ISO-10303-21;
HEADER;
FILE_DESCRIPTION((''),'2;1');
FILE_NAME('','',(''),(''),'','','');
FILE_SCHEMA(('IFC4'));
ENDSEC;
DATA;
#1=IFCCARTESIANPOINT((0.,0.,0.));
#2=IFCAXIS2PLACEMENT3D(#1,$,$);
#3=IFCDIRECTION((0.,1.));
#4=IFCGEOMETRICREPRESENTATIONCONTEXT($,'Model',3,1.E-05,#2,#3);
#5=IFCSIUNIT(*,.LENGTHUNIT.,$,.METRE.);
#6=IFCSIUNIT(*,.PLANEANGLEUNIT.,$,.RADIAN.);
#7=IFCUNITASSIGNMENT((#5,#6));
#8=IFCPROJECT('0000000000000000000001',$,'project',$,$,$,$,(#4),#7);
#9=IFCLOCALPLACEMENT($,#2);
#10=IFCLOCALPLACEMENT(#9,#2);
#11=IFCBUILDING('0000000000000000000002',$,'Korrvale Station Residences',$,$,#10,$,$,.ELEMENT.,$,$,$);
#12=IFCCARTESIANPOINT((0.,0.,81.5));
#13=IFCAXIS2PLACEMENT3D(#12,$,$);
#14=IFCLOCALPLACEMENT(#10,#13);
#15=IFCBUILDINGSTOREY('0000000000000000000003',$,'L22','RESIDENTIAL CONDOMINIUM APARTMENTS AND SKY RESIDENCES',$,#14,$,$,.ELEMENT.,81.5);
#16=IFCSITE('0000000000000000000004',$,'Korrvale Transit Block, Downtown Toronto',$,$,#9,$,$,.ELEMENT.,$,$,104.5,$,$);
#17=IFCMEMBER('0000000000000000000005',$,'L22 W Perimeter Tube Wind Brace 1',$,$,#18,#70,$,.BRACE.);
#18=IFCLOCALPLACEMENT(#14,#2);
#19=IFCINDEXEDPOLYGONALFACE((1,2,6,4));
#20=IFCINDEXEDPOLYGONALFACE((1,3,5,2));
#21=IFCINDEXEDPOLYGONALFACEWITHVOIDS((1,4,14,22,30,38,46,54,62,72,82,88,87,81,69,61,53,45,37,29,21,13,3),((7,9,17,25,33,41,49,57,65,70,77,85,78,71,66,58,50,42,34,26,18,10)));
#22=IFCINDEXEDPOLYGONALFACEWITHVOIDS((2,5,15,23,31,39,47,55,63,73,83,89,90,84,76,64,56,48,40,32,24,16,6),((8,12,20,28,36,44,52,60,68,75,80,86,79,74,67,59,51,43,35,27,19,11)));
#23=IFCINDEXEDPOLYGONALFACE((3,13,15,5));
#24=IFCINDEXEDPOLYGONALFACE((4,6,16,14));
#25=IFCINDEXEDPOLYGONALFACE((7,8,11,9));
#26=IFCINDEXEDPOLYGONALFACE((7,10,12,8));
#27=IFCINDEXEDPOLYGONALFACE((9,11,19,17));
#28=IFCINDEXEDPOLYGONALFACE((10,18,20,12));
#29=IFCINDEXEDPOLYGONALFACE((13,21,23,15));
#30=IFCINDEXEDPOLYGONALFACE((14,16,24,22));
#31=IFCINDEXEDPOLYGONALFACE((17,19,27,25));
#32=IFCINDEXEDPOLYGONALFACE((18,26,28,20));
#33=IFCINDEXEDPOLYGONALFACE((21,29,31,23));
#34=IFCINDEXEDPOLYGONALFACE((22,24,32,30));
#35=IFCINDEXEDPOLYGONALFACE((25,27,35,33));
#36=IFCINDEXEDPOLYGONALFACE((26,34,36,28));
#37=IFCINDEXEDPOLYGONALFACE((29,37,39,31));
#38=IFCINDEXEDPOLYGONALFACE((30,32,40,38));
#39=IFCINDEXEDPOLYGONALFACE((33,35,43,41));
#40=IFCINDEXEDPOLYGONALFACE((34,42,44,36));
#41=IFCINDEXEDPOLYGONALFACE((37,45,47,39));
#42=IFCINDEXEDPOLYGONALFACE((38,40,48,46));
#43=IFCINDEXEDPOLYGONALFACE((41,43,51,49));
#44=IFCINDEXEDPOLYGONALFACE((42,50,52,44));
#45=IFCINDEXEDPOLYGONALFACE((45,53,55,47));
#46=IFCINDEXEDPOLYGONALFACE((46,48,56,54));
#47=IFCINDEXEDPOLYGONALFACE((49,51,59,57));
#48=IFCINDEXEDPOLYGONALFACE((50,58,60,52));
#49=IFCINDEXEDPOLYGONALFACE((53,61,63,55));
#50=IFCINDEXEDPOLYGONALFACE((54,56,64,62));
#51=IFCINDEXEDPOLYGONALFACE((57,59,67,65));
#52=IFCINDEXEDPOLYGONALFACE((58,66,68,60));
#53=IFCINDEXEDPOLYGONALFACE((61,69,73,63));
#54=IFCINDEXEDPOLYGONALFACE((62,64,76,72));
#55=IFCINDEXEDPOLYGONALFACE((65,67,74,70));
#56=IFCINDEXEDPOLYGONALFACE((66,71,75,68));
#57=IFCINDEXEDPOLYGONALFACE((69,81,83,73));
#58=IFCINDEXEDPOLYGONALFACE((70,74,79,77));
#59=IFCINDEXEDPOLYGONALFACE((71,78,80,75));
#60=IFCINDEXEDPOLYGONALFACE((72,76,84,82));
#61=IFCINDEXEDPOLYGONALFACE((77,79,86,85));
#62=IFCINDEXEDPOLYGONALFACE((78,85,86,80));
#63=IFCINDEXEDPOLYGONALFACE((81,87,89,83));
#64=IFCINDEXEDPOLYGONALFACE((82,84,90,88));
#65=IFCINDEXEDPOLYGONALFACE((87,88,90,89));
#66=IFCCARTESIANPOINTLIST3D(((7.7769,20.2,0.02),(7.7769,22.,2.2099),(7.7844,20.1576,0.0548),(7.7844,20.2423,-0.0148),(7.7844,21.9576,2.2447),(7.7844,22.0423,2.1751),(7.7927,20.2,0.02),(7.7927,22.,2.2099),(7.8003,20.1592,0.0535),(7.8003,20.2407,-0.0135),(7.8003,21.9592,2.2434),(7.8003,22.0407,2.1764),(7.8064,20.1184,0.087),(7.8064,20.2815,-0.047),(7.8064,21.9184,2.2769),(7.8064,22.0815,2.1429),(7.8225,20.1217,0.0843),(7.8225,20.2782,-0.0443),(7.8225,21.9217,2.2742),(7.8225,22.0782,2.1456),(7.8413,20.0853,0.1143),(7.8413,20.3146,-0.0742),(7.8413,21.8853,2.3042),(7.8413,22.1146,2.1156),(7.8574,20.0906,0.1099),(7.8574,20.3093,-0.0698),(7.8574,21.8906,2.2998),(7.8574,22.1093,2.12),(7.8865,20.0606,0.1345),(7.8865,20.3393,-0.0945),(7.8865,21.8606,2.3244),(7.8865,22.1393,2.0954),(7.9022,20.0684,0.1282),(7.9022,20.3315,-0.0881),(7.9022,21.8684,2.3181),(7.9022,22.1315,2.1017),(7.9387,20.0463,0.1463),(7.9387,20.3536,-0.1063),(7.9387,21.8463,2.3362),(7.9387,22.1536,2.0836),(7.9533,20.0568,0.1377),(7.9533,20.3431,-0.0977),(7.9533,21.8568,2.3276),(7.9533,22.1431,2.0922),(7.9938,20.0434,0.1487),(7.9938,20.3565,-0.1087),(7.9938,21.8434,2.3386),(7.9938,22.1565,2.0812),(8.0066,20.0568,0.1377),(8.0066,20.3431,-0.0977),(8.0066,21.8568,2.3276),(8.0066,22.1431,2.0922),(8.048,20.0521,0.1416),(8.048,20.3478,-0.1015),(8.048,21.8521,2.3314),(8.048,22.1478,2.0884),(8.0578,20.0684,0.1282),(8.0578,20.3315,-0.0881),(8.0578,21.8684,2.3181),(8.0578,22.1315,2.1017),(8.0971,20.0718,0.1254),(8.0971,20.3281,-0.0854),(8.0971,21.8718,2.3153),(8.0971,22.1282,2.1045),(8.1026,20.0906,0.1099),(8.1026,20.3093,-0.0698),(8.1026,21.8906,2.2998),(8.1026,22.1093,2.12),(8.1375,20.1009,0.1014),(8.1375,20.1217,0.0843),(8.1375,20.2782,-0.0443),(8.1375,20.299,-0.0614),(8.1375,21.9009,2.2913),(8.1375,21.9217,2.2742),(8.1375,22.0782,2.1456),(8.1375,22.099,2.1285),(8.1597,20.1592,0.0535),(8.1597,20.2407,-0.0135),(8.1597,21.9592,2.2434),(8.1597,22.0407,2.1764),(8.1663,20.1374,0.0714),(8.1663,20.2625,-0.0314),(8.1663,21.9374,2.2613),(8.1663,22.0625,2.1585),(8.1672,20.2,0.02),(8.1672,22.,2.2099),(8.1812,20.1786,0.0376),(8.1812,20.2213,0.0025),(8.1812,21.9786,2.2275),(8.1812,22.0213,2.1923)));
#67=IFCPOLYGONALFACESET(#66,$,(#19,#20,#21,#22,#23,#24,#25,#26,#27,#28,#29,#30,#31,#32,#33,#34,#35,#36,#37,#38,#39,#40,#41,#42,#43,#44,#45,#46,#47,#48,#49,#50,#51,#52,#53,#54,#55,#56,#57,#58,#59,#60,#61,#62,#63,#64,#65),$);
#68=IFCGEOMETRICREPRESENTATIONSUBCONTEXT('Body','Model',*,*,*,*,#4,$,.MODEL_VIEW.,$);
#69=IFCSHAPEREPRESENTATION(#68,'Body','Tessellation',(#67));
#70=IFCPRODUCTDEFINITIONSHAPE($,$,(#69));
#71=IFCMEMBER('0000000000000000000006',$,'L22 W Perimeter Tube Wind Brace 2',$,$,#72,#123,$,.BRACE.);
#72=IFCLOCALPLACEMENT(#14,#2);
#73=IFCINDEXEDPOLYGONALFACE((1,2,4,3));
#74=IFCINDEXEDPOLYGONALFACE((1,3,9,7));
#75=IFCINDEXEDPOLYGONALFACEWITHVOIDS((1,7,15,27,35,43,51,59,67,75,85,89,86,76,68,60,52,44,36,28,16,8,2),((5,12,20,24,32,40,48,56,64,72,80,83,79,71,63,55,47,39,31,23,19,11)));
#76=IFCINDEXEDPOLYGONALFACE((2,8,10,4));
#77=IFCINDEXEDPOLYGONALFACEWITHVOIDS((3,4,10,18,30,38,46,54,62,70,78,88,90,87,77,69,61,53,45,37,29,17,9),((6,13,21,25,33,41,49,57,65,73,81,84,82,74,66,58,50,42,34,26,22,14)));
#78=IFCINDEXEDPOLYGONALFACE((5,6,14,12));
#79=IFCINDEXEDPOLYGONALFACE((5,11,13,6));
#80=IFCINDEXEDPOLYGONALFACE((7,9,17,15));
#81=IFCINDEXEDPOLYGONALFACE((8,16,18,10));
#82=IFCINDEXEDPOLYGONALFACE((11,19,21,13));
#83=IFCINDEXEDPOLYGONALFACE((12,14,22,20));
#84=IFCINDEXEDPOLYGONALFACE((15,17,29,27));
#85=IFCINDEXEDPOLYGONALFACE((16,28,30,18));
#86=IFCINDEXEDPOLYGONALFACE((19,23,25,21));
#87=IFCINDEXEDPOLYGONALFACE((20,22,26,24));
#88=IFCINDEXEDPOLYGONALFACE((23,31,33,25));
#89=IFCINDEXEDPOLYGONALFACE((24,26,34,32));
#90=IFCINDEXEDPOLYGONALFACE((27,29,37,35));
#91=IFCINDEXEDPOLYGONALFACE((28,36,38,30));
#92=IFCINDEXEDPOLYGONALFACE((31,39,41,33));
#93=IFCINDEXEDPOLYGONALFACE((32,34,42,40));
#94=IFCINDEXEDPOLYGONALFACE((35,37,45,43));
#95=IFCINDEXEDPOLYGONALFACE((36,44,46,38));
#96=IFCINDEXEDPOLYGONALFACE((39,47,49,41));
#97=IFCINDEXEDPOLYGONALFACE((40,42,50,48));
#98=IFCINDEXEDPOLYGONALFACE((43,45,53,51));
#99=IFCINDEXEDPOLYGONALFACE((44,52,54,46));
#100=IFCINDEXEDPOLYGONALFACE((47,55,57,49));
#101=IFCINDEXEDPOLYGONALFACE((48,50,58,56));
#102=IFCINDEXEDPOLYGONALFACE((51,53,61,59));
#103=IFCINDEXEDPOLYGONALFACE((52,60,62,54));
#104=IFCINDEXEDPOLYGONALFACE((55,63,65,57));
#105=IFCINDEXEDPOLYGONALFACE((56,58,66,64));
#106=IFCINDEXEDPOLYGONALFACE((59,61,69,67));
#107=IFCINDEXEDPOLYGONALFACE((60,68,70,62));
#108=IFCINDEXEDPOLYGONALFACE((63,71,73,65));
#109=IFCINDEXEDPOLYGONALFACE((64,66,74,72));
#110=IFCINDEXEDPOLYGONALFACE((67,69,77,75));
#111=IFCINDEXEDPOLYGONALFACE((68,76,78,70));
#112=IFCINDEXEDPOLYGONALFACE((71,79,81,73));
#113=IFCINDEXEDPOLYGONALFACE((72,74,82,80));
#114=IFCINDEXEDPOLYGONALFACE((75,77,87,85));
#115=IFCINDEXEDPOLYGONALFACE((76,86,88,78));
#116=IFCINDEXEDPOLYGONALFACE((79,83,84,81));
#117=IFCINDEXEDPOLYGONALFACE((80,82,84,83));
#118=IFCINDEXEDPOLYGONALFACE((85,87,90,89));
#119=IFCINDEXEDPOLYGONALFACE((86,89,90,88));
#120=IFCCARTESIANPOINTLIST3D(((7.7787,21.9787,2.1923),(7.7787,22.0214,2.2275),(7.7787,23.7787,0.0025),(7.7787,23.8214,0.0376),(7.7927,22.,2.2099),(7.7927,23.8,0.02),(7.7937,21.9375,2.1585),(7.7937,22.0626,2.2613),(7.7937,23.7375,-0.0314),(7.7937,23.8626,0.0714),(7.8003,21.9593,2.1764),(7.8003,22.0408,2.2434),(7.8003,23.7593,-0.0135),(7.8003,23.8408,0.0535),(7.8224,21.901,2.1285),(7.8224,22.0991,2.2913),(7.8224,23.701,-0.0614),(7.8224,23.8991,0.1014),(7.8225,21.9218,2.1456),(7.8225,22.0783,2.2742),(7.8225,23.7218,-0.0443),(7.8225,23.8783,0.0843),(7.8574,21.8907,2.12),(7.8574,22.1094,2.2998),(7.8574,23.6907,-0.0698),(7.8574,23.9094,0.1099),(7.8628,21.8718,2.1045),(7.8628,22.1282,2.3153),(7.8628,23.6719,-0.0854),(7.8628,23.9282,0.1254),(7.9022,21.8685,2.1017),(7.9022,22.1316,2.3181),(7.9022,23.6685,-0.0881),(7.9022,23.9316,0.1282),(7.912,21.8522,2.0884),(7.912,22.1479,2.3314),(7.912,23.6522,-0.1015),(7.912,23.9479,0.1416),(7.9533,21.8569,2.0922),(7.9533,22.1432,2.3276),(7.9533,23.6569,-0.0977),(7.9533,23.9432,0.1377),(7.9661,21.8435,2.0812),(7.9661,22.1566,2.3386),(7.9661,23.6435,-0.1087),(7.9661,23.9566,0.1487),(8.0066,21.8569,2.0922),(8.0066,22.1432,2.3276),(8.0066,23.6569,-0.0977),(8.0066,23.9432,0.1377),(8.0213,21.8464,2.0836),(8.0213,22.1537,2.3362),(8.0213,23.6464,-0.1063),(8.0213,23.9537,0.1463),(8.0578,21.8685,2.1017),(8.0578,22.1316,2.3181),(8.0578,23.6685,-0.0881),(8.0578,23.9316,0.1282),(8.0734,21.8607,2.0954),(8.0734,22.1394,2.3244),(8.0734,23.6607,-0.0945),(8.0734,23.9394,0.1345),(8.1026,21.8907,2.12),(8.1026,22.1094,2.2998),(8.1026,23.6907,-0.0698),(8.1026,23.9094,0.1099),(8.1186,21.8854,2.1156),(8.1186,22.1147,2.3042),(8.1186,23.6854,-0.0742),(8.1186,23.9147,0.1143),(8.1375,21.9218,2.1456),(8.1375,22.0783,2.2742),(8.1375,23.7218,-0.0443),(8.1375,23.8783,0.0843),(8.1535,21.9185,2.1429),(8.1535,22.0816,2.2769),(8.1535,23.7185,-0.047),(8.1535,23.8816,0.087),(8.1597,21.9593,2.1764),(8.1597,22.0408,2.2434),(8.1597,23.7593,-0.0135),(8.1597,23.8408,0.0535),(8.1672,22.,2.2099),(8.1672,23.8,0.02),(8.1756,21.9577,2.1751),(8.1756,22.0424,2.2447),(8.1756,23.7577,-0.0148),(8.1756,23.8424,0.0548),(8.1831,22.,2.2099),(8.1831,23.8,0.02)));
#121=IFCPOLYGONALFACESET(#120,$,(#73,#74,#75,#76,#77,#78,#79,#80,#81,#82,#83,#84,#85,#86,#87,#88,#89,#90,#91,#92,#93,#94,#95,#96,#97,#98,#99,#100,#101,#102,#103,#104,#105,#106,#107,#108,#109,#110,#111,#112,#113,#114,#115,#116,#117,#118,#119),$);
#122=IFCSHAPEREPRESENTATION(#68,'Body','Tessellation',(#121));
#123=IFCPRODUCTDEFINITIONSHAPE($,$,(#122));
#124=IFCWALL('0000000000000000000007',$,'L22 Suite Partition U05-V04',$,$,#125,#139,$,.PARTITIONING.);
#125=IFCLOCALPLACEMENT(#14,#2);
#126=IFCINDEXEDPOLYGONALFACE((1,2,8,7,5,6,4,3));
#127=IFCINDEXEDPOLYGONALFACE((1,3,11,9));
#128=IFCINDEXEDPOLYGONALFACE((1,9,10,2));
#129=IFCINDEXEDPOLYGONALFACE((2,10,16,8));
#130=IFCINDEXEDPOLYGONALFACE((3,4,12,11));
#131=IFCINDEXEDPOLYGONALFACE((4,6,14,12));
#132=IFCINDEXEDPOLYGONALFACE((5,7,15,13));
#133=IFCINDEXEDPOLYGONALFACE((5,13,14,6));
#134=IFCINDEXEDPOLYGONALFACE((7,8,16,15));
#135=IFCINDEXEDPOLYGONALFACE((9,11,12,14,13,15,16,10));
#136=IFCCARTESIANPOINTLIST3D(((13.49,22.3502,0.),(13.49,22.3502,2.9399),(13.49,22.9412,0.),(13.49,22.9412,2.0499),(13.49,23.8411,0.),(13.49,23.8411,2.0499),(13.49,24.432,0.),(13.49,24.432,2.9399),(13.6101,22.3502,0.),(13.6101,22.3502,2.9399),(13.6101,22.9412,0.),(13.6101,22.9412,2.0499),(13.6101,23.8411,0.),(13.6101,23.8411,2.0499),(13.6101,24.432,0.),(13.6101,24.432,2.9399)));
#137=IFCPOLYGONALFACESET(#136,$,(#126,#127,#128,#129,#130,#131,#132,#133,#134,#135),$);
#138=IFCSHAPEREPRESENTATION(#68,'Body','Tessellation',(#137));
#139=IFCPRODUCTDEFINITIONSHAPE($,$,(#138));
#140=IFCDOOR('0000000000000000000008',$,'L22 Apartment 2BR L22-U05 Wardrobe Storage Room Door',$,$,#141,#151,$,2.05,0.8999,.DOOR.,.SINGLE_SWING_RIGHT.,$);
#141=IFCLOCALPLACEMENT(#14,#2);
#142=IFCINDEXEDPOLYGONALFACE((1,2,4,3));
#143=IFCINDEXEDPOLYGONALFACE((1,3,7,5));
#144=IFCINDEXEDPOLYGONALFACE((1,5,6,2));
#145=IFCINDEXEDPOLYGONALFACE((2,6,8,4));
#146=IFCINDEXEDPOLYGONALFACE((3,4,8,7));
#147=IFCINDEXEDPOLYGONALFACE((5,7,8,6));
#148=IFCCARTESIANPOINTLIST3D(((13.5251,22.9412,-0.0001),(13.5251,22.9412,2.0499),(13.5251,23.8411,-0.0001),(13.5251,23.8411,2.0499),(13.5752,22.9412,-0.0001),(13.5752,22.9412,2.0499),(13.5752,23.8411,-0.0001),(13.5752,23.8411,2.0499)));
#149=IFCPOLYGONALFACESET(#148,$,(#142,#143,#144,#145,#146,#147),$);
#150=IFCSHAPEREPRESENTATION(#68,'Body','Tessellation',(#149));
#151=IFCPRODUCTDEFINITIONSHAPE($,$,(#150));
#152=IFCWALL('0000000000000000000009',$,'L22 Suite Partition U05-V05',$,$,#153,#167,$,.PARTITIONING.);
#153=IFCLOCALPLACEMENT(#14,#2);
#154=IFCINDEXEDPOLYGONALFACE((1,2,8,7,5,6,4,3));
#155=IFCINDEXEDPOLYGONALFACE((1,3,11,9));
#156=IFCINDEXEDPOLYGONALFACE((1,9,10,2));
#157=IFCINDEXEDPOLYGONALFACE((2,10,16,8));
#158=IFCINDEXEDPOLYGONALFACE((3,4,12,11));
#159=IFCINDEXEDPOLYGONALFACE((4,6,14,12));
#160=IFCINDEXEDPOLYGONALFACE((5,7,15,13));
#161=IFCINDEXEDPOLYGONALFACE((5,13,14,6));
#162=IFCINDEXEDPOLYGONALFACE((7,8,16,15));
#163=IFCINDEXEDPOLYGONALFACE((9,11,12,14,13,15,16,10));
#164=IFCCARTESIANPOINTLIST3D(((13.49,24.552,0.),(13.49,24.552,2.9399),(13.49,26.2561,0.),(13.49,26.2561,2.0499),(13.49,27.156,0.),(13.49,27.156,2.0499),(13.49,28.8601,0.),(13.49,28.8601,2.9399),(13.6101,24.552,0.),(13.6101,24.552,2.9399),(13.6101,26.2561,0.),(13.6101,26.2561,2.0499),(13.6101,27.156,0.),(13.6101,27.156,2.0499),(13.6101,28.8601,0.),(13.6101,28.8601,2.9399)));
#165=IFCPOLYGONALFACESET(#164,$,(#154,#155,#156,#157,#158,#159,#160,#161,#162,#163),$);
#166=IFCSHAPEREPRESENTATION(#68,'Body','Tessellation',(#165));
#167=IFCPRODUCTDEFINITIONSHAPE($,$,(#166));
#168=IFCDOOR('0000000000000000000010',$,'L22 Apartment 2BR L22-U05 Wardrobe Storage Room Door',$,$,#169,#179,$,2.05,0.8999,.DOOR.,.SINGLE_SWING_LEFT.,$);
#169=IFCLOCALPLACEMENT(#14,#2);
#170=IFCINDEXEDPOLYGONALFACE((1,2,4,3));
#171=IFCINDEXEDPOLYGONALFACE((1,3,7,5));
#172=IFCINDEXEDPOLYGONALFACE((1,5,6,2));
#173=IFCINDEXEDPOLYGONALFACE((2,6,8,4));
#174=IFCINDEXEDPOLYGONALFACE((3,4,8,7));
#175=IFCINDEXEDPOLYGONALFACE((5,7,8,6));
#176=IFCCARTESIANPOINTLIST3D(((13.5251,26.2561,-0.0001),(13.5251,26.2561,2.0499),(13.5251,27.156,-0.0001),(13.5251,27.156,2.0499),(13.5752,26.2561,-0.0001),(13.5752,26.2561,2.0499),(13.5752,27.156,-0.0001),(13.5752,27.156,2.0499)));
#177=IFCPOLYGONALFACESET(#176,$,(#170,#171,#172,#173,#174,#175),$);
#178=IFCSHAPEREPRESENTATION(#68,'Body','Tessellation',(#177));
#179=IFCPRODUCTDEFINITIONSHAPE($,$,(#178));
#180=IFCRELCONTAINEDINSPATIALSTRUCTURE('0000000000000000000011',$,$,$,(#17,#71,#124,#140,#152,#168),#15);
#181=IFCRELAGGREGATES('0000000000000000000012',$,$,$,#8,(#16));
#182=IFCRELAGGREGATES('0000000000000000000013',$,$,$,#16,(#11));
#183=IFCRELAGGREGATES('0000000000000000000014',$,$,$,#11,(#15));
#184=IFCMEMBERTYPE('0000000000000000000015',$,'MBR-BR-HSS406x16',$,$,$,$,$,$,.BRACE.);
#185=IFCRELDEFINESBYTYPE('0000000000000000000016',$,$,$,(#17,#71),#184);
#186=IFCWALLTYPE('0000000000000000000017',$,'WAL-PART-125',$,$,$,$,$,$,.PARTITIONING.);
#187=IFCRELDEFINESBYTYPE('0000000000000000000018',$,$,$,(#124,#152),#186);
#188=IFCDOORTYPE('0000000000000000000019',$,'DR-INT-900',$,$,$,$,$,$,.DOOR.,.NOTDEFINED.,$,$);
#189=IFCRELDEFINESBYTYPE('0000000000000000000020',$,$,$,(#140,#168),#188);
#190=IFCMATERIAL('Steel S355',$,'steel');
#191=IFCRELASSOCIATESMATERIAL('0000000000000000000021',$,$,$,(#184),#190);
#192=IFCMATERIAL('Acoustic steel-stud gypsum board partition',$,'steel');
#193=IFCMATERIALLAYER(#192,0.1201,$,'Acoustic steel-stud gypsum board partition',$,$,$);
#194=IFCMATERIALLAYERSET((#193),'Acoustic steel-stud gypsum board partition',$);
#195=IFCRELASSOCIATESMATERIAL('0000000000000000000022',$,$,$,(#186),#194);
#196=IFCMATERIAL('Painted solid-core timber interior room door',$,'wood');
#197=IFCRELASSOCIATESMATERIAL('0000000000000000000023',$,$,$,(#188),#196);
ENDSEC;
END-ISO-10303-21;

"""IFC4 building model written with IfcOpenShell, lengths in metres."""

from ifc_helpers import new_model, si_unit, direction, frame, frame_2d, origin, origin_2d, place, context, subcontext, project, spatial, rectangle, hollow_circle, extrude, material, layer, layer_set, material_profile, profile_set, type_object, element, fill, save


model = new_model("IFC4")

# Units and contexts
model_context = context("Model", 3, precision=1e-05, world=origin(), true_north=direction((0.0, 1.0)))
body_context = subcontext(model_context, "Body", "Model", "MODEL_VIEW")
ifc_project = project(units=[si_unit("LENGTHUNIT", "METRE"), si_unit("PLANEANGLEUNIT", "RADIAN")], contexts=[model_context])

# Site, building, storey
site_placement = place(None, origin())
site = spatial("IfcSite", under=ifc_project, at=site_placement, Name="Korrvale Transit Block, Downtown Toronto", CompositionType="ELEMENT", RefElevation=104.5)
building_placement = place(site_placement, origin())
building = spatial("IfcBuilding", under=site, at=building_placement, Name="Korrvale Station Residences", CompositionType="ELEMENT")
storey_placement = place(building_placement, frame((0.0, 0.0, 81.5)))
storey = spatial("IfcBuildingStorey", under=building, at=storey_placement, Name="L22", Description="RESIDENTIAL CONDOMINIUM APARTMENTS AND SKY RESIDENCES", CompositionType="ELEMENT", Elevation=81.5)

# Shared definitions
ifc_material_1 = material(Name="Steel S355", Category="steel")

# Members
ifc_material_profile_1 = material_profile(ifc_material_1, hollow_circle(Radius=0.2031, WallThickness=0.0159, at=origin_2d()), Name="HSS406x16")
ifc_profile_set_1 = profile_set([ifc_material_profile_1], Name="Steel S355")
member_type = type_object("IfcMemberType", Name="MBR-BR-HSS406x16", PredefinedType="BRACE", material=ifc_profile_set_1)
for number, where, z_axis, x_axis, name in (
    (1, (7.98, 20.2, 0.02), (0.0, 0.634985, 0.772524), (-1.0, 0.0, 0.0), "L22 W Perimeter Tube Wind Brace 1"),
    (2, (7.98, 23.8, 0.02), (0.0, -0.634985, 0.772524), (1.0, 0.0, 0.0), "L22 W Perimeter Tube Wind Brace 2"),
):
    element("IfcMember", number, at=place(storey_placement, frame(where, z_axis=z_axis, x_axis=x_axis)), inside=storey, type_object=member_type, Name=name, PredefinedType="BRACE", context=body_context, shape_type="SweptSolid", body=[
        extrude(hollow_circle(Radius=0.2031, WallThickness=0.0159, at=origin_2d()), origin(), (0.0, 0.0, 1.0), 2.8347),
    ])

# Walls, openings, doors
ifc_material_2 = material(Name="Acoustic steel-stud gypsum board partition", Category="steel")
ifc_layer_1 = layer(ifc_material_2, 0.1201, Name="Acoustic steel-stud gypsum board partition")
ifc_layer_set_1 = layer_set([ifc_layer_1], Name="Acoustic steel-stud gypsum board partition")
wall_type_1 = type_object("IfcWallType", Name="WAL-PART-125", PredefinedType="PARTITIONING", material=ifc_layer_set_1)
wall_1_placement = place(storey_placement, frame((13.55, 22.3501, 0.0), z_axis=(0.0, 0.0, 1.0), x_axis=(0.0, 1.0, 0.0)))
wall_1 = element("IfcWall", 3, at=wall_1_placement, inside=storey, type_object=wall_type_1, Name="L22 Suite Partition U05-V04", PredefinedType="PARTITIONING", context=body_context, shape_type="SweptSolid", body=[
    extrude(rectangle(XDim=2.0818, YDim=0.1201, at=frame_2d((1.041, 0.0))), origin(), (0.0, 0.0, 1.0), 2.9399),
])
opening_1_placement = place(wall_1_placement, frame((0.5911, 0.0, 0.0)))
opening_1 = element("IfcOpeningElement", 4, at=opening_1_placement, cuts=wall_1, PredefinedType="OPENING", context=body_context, shape_type="SweptSolid", body=[
    extrude(rectangle(XDim=0.8999, YDim=2.05, at=frame_2d((0.45, 1.0249))), frame((0.0, 0.0701, 0.0), z_axis=(0.0, -1.0, 0.0), x_axis=(1.0, 0.0, 0.0)), (0.0, 0.0, 1.0), 0.1401),
])
ifc_material_3 = material(Name="Painted solid-core timber interior room door", Category="wood")
door_type = type_object("IfcDoorType", Name="DR-INT-900", OperationType="NOTDEFINED", PredefinedType="DOOR", material=ifc_material_3)
door_1_placement = place(opening_1_placement, origin())
door_1 = element("IfcDoor", 5, at=door_1_placement, inside=storey, type_object=door_type, Name="L22 Apartment 2BR L22-U05 Wardrobe Storage Room Door", OperationType="SINGLE_SWING_RIGHT", OverallHeight=2.05, OverallWidth=0.8999, PredefinedType="DOOR", context=body_context, shape_type="SweptSolid", body=[
    extrude(rectangle(XDim=0.8999, YDim=2.05, at=frame_2d((0.45, 1.0249))), frame((0.0, 0.0249, 0.0), z_axis=(0.0, -1.0, 0.0), x_axis=(1.0, 0.0, 0.0)), (0.0, 0.0, 1.0), 0.05),
])
fill(opening_1, door_1)
wall_2_placement = place(storey_placement, frame((13.55, 24.552, 0.0), z_axis=(0.0, 0.0, 1.0), x_axis=(0.0, 1.0, 0.0)))
wall_2 = element("IfcWall", 6, at=wall_2_placement, inside=storey, type_object=wall_type_1, Name="L22 Suite Partition U05-V05", PredefinedType="PARTITIONING", context=body_context, shape_type="SweptSolid", body=[
    extrude(rectangle(XDim=4.3081, YDim=0.1201, at=frame_2d((2.1541, 0.0))), origin(), (0.0, 0.0, 1.0), 2.9399),
])
opening_2_placement = place(wall_2_placement, frame((1.7041, 0.0, 0.0)))
opening_2 = element("IfcOpeningElement", 7, at=opening_2_placement, cuts=wall_2, PredefinedType="OPENING", context=body_context, shape_type="SweptSolid", body=[
    extrude(rectangle(XDim=0.8999, YDim=2.05, at=frame_2d((0.45, 1.0249))), frame((0.0, 0.0701, 0.0), z_axis=(0.0, -1.0, 0.0), x_axis=(1.0, 0.0, 0.0)), (0.0, 0.0, 1.0), 0.1401),
])
door_2_placement = place(opening_2_placement, origin())
door_2 = element("IfcDoor", 8, at=door_2_placement, inside=storey, type_object=door_type, Name="L22 Apartment 2BR L22-U05 Wardrobe Storage Room Door", OperationType="SINGLE_SWING_LEFT", OverallHeight=2.05, OverallWidth=0.8999, PredefinedType="DOOR", context=body_context, shape_type="SweptSolid", body=[
    extrude(rectangle(XDim=0.8999, YDim=2.05, at=frame_2d((0.45, 1.0249))), frame((0.0, 0.0249, 0.0), z_axis=(0.0, -1.0, 0.0), x_axis=(1.0, 0.0, 0.0)), (0.0, 0.0, 1.0), 0.05),
])
fill(opening_2, door_2)

save(model, "model.ifc")
